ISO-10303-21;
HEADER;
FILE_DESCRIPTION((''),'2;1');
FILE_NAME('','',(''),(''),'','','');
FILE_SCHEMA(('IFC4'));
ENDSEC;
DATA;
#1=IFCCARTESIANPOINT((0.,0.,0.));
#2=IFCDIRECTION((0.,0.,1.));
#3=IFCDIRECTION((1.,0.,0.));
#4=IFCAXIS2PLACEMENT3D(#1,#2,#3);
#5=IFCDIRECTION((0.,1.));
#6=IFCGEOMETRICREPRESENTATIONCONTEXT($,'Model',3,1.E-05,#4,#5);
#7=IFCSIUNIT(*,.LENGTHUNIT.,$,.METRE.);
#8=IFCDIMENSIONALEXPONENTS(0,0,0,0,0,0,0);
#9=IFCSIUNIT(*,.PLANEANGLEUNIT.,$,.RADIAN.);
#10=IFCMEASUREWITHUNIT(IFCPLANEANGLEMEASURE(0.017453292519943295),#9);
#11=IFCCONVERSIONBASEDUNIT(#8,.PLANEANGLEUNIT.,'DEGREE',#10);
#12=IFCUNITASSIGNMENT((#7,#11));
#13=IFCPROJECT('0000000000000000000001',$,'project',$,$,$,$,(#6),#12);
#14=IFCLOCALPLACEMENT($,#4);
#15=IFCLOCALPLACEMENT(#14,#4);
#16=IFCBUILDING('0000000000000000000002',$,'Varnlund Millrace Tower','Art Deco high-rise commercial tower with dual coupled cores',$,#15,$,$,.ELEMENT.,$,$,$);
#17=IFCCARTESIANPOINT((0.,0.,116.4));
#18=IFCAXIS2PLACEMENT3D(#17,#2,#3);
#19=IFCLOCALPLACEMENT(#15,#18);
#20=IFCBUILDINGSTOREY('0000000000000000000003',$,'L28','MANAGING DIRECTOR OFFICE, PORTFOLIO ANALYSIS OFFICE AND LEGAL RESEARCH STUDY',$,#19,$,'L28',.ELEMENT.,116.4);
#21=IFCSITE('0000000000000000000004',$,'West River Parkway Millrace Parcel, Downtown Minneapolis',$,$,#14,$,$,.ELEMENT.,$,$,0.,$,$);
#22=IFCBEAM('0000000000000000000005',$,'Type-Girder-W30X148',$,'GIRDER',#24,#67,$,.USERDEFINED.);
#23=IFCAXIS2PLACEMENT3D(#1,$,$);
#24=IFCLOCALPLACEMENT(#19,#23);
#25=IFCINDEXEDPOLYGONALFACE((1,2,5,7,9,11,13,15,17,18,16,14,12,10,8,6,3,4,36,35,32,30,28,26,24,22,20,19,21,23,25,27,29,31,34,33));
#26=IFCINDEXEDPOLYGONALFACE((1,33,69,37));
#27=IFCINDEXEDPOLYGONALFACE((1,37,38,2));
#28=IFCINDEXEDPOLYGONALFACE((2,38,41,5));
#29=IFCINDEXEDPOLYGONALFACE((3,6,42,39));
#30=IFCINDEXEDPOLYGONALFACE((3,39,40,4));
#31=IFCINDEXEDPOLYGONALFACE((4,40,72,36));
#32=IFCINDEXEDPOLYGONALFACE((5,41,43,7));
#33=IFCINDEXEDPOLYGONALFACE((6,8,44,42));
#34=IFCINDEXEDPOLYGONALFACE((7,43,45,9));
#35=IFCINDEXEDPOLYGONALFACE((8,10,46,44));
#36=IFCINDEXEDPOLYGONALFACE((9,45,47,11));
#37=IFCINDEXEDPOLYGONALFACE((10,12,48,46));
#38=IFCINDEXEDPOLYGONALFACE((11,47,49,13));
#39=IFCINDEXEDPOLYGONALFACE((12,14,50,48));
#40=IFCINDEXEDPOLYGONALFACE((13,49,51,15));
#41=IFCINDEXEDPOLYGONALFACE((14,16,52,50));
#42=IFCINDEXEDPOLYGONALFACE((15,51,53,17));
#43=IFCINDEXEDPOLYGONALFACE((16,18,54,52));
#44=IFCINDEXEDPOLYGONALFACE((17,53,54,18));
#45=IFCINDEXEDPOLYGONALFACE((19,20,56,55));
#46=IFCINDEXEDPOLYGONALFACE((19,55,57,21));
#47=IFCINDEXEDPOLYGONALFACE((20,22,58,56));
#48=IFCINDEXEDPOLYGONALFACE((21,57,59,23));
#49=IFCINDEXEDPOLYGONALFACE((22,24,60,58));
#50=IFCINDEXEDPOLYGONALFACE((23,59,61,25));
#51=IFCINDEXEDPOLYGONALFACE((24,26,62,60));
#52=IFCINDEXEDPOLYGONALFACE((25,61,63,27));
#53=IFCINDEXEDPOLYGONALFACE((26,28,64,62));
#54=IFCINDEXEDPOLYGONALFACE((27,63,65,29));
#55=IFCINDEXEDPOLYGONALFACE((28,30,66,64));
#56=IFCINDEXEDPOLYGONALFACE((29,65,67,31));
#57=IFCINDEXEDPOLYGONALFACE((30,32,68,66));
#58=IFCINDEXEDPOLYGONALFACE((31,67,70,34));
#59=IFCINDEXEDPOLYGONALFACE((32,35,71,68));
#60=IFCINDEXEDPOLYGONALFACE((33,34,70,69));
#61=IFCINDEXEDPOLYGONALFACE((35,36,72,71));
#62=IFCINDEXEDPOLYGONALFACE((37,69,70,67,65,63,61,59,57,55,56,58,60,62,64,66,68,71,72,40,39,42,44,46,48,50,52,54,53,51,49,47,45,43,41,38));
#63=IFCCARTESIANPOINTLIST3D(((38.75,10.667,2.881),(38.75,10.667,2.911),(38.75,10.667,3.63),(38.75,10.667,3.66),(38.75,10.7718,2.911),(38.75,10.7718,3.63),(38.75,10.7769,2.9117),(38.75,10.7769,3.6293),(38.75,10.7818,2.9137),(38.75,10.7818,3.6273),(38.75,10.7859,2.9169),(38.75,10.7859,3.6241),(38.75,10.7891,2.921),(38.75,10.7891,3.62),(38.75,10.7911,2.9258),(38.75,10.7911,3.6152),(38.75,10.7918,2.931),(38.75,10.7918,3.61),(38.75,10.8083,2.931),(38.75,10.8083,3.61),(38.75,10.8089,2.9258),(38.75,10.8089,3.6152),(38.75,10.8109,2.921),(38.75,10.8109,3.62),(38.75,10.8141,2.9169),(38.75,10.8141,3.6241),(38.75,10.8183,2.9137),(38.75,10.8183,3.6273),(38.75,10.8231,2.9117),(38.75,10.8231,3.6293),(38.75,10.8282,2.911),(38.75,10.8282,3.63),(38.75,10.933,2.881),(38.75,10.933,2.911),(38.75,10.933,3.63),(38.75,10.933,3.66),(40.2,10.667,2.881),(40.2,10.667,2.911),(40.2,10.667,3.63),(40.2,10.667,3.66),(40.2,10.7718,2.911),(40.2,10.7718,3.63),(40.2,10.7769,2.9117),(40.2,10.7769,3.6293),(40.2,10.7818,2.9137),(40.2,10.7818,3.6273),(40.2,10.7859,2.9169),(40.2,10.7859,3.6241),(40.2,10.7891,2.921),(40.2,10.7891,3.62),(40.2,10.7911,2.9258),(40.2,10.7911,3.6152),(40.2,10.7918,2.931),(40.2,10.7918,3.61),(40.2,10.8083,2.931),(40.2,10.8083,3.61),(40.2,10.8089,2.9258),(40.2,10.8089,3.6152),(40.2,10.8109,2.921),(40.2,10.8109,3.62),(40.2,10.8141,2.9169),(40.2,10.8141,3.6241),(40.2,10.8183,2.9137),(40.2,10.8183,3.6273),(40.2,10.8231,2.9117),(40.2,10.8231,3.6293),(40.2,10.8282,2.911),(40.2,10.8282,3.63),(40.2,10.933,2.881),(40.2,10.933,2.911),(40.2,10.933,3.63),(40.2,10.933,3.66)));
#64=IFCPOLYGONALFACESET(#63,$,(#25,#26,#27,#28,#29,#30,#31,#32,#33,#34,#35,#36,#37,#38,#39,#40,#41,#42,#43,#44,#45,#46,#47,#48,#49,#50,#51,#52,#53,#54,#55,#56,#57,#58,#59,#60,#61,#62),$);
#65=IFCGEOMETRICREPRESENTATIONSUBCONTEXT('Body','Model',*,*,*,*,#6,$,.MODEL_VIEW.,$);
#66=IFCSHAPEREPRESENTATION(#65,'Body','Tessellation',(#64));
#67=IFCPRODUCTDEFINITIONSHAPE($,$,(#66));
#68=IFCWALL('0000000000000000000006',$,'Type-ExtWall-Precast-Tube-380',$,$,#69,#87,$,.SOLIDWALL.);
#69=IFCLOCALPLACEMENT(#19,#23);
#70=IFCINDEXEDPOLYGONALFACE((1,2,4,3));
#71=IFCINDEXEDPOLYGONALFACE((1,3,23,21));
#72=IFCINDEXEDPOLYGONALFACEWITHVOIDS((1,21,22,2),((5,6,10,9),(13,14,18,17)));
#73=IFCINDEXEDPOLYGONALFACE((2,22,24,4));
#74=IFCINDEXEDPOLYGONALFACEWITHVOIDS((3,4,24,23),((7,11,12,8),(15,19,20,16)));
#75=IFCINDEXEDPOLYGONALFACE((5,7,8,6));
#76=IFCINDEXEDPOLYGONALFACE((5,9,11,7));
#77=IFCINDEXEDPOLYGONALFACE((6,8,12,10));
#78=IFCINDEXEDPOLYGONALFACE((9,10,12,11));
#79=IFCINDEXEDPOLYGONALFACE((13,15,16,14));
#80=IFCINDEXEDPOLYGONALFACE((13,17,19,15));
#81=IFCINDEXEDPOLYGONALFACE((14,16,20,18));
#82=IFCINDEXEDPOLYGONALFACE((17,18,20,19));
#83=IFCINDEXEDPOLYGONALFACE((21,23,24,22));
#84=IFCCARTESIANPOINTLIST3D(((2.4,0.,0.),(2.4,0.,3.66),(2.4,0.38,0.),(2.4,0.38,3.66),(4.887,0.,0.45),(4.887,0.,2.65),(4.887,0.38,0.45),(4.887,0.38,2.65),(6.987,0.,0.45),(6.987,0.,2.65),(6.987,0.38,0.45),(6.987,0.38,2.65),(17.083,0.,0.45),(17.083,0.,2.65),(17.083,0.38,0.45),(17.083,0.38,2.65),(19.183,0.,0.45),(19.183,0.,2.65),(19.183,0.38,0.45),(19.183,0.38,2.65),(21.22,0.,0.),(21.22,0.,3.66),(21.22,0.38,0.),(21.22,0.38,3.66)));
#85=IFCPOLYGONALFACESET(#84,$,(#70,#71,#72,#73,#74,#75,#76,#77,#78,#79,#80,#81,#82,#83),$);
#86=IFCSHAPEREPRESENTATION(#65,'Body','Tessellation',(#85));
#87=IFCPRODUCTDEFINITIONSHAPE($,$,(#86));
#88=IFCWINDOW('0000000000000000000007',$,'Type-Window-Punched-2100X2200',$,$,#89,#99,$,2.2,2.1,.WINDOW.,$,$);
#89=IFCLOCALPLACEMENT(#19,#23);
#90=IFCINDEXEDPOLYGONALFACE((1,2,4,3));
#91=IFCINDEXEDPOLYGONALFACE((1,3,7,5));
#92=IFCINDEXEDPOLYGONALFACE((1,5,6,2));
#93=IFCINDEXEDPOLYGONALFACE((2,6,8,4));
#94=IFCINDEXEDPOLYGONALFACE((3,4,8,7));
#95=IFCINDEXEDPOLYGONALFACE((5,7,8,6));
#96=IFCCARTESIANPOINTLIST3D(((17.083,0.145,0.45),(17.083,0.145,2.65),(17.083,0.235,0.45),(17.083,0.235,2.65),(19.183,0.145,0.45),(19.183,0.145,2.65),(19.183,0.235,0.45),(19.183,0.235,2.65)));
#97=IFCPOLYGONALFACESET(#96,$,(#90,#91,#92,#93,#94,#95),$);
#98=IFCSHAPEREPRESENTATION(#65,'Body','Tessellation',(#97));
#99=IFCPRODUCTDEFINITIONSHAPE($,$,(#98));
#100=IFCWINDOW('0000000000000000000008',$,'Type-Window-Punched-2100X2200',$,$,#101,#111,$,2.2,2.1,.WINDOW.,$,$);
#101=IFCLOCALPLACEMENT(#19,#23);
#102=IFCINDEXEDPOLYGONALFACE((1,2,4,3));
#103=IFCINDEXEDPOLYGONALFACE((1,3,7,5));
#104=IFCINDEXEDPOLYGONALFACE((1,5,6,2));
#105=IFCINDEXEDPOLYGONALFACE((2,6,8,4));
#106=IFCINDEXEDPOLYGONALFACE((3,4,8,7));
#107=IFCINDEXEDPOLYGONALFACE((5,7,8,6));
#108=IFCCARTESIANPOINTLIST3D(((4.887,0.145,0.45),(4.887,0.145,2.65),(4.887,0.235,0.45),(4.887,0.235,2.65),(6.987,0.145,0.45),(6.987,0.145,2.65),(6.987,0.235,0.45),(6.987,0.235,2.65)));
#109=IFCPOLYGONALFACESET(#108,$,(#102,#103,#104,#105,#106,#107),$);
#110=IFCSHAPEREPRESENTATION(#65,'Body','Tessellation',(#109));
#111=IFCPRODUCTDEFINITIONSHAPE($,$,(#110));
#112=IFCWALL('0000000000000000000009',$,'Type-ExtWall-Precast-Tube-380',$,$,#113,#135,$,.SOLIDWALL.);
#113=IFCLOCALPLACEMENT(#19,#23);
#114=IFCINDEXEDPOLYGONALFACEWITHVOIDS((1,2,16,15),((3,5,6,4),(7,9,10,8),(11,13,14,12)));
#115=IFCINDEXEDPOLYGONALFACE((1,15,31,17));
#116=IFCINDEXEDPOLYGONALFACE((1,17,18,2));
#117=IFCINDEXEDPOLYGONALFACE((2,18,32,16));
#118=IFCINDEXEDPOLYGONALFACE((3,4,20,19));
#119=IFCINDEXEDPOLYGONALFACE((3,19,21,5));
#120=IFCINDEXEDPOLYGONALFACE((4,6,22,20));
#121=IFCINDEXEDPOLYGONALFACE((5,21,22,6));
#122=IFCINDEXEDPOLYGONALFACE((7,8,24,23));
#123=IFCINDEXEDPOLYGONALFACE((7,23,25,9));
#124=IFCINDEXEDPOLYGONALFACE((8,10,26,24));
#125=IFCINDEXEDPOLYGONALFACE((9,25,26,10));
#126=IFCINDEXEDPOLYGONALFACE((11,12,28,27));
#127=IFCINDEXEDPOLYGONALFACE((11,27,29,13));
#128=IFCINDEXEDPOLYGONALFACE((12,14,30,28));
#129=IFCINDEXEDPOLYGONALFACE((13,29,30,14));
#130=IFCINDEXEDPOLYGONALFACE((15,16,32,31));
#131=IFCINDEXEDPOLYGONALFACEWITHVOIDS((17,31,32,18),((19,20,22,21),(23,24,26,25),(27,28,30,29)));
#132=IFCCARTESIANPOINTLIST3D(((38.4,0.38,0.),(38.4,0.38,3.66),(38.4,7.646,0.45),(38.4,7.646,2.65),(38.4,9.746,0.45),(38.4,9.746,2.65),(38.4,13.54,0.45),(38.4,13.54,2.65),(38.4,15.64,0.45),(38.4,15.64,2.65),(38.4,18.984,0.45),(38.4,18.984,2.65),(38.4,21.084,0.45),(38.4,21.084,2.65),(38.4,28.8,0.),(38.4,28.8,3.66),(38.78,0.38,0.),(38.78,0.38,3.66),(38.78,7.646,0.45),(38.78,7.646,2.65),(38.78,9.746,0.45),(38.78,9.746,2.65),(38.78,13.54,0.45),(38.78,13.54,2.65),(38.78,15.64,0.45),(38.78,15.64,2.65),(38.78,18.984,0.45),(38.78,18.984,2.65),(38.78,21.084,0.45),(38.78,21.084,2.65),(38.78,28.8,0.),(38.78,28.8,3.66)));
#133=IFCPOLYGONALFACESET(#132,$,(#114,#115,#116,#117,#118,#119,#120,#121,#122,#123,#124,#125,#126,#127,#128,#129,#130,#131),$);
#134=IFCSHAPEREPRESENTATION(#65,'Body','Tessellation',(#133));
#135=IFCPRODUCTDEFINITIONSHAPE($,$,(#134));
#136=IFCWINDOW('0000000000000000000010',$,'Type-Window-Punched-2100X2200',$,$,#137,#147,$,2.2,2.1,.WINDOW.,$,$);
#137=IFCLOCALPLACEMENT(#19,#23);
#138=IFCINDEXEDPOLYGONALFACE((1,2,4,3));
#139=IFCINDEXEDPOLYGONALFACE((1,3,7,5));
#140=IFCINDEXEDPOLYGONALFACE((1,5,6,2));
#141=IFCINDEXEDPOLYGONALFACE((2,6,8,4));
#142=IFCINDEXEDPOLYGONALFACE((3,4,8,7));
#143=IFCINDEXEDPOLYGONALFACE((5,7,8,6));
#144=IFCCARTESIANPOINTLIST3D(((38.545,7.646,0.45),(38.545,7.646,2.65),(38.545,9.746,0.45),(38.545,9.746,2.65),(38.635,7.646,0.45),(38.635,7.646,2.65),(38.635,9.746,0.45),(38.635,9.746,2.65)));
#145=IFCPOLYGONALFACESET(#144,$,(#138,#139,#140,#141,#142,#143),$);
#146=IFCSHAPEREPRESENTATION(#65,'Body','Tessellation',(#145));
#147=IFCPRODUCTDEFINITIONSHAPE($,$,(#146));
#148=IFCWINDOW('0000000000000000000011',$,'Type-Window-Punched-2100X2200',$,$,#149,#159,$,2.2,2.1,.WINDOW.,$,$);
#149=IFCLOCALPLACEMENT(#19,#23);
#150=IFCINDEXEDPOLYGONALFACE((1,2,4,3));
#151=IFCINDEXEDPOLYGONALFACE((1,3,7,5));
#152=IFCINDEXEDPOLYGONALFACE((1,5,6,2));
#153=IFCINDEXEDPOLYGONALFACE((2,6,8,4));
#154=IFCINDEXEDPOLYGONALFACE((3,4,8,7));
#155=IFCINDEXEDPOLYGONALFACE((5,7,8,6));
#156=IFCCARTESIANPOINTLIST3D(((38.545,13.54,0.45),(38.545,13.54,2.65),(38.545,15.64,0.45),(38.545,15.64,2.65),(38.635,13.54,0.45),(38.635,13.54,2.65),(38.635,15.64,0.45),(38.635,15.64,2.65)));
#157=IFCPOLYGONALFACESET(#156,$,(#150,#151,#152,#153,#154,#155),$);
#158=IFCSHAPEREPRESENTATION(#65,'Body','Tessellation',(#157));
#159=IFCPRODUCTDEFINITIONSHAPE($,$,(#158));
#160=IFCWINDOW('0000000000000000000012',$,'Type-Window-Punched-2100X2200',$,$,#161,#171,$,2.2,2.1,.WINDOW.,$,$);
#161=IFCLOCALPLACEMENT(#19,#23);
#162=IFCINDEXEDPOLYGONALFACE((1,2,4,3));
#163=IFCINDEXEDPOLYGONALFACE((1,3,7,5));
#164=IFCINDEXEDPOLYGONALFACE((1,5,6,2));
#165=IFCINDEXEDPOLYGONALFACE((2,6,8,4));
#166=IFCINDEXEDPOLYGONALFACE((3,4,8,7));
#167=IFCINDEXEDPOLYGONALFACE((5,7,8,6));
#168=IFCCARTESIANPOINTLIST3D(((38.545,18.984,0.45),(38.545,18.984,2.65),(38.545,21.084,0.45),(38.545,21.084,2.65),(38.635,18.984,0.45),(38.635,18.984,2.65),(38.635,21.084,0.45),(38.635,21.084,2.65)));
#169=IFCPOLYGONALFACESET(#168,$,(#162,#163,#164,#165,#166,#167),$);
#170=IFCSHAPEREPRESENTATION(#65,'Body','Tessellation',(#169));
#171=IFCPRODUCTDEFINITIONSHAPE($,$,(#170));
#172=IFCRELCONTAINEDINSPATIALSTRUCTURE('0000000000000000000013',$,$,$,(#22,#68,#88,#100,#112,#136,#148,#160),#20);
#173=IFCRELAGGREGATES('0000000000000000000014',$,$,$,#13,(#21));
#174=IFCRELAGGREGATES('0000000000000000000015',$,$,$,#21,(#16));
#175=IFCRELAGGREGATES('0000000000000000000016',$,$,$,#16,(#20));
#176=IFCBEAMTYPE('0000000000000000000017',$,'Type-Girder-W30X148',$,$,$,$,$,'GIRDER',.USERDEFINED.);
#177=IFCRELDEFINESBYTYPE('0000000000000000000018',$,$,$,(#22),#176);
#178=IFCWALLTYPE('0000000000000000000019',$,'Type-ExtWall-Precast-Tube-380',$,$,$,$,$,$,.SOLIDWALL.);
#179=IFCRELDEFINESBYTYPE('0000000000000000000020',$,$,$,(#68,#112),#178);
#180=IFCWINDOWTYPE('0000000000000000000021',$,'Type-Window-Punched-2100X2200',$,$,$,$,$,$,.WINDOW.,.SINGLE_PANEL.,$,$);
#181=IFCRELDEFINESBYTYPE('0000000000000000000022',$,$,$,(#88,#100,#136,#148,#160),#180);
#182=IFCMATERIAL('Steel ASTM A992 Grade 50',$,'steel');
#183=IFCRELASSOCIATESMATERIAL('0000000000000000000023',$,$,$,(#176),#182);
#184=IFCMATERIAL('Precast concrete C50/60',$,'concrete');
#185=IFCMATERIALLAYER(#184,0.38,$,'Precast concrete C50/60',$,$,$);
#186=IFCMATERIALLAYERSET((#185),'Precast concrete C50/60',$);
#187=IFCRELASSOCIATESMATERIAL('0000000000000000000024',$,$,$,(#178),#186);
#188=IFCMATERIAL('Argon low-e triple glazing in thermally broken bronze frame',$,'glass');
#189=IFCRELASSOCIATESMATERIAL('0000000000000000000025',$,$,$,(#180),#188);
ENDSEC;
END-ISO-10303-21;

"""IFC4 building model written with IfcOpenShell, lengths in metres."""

from ifc_helpers import new_model, entity, si_unit, converted_unit, direction, frame, origin_with_axes, origin_2d_with_axis, place, context, subcontext, project, spatial, polyline, rectangle, i_section, outline, extrude, material, layer, layer_set, material_profile, profile_set, type_object, element, fill, save


model = new_model("IFC4")

# Units and contexts
model_context = context("Model", 3, precision=1e-05, world=origin_with_axes(), true_north=direction((0.0, 1.0)))
body_context = subcontext(model_context, "Body", "Model", "MODEL_VIEW")
ifc_project = project(units=[si_unit("LENGTHUNIT", "METRE"), converted_unit("PLANEANGLEUNIT", "DEGREE", entity("IfcPlaneAngleMeasure", 0.017453292519943295), si_unit("PLANEANGLEUNIT", "RADIAN"), dimensions=[0, 0, 0, 0, 0, 0, 0])], contexts=[model_context])

# Site, building, storey
site_placement = place(None, origin_with_axes())
site = spatial("IfcSite", under=ifc_project, at=site_placement, Name="West River Parkway Millrace Parcel, Downtown Minneapolis", CompositionType="ELEMENT", RefElevation=0.0)
building_placement = place(site_placement, origin_with_axes())
building = spatial("IfcBuilding", under=site, at=building_placement, Name="Varnlund Millrace Tower", Description="Art Deco high-rise commercial tower with dual coupled cores", CompositionType="ELEMENT")
storey_placement = place(building_placement, frame((0.0, 0.0, 116.4), z_axis=(0.0, 0.0, 1.0), x_axis=(1.0, 0.0, 0.0)))
storey = spatial("IfcBuildingStorey", under=building, at=storey_placement, Name="L28", Description="MANAGING DIRECTOR OFFICE, PORTFOLIO ANALYSIS OFFICE AND LEGAL RESEARCH STUDY", LongName="L28", CompositionType="ELEMENT", Elevation=116.4)

# Beam
ifc_material_1 = material(Name="Steel ASTM A992 Grade 50", Category="steel")
ifc_material_profile_1 = material_profile(ifc_material_1, i_section(OverallWidth=0.266, OverallDepth=0.779, WebThickness=0.0165, FlangeThickness=0.03, FilletRadius=0.02, at=origin_2d_with_axis()), Name="Steel ASTM A992 Grade 50")
ifc_profile_set_1 = profile_set([ifc_material_profile_1], Name="Steel ASTM A992 Grade 50")
beam_type_1 = type_object("IfcBeamType", Name="Type-Girder-W30X148", ElementType="GIRDER", PredefinedType="USERDEFINED", material=ifc_profile_set_1)
beam_1_placement = place(storey_placement, frame((38.75, 10.8, 3.2705), z_axis=(1.0, 0.0, 0.0), x_axis=(0.0, 1.0, 0.0)))
element("IfcBeam", 1, at=beam_1_placement, inside=storey, type_object=beam_type_1, Name="Type-Girder-W30X148", ObjectType="GIRDER", PredefinedType="USERDEFINED", context=body_context, shape_type="SweptSolid", body=[
    extrude(i_section(OverallWidth=0.266, OverallDepth=0.779, WebThickness=0.0165, FlangeThickness=0.03, FilletRadius=0.02, at=origin_2d_with_axis()), origin_with_axes(), (0.0, 0.0, 1.0), 1.45),
])

# Walls, openings, windows
ifc_material_2 = material(Name="Precast concrete C50/60", Category="concrete")
ifc_layer_1 = layer(ifc_material_2, 0.38, Name="Precast concrete C50/60")
ifc_layer_set_1 = layer_set([ifc_layer_1], Name="Precast concrete C50/60")
wall_type_1 = type_object("IfcWallType", Name="Type-ExtWall-Precast-Tube-380", PredefinedType="SOLIDWALL", material=ifc_layer_set_1)
wall_1_placement = place(storey_placement, frame((21.22, 0.19, 0.0), z_axis=(0.0, 0.0, 1.0), x_axis=(-1.0, 0.0, 0.0)))
wall_1 = element("IfcWall", 2, at=wall_1_placement, inside=storey, type_object=wall_type_1, Name="Type-ExtWall-Precast-Tube-380", PredefinedType="SOLIDWALL", context=body_context, shape_type="SweptSolid", body=[
    extrude(outline(polyline([(0.0, -0.19), (18.82, -0.19), (18.82, 0.19), (0.0, 0.19), (0.0, -0.19)])), origin_with_axes(), (0.0, 0.0, 1.0), 3.66),
])
opening_1_placement = place(wall_1_placement, frame((3.087, 0.0, 0.45), z_axis=(0.0, 0.0, 1.0), x_axis=(1.0, 0.0, 0.0)))
opening_1 = element("IfcOpeningElement", 3, at=opening_1_placement, cuts=wall_1, PredefinedType="OPENING", context=body_context, shape_type="SweptSolid", body=[
    extrude(rectangle(XDim=2.1, YDim=0.4, at=origin_2d_with_axis()), origin_with_axes(), (0.0, 0.0, 1.0), 2.2),
])
opening_2_placement = place(wall_1_placement, frame((15.283, 0.0, 0.45), z_axis=(0.0, 0.0, 1.0), x_axis=(1.0, 0.0, 0.0)))
opening_2 = element("IfcOpeningElement", 4, at=opening_2_placement, cuts=wall_1, PredefinedType="OPENING", context=body_context, shape_type="SweptSolid", body=[
    extrude(rectangle(XDim=2.1, YDim=0.4, at=origin_2d_with_axis()), origin_with_axes(), (0.0, 0.0, 1.0), 2.2),
])
ifc_material_3 = material(Name="Argon low-e triple glazing in thermally broken bronze frame", Category="glass")
window_type = type_object("IfcWindowType", Name="Type-Window-Punched-2100X2200", PartitioningType="SINGLE_PANEL", PredefinedType="WINDOW", material=ifc_material_3)
window_1_placement = place(wall_1_placement, frame((3.087, 0.0, 0.45), z_axis=(0.0, 0.0, 1.0), x_axis=(1.0, 0.0, 0.0)))
window_1 = element("IfcWindow", 5, at=window_1_placement, inside=storey, type_object=window_type, Name="Type-Window-Punched-2100X2200", OverallHeight=2.2, OverallWidth=2.1, PredefinedType="WINDOW", context=body_context, shape_type="SweptSolid", body=[
    extrude(rectangle(XDim=2.1, YDim=0.09, at=origin_2d_with_axis()), origin_with_axes(), (0.0, 0.0, 1.0), 2.2),
])
fill(opening_1, window_1)
window_2_placement = place(wall_1_placement, frame((15.283, 0.0, 0.45), z_axis=(0.0, 0.0, 1.0), x_axis=(1.0, 0.0, 0.0)))
window_2 = element("IfcWindow", 6, at=window_2_placement, inside=storey, type_object=window_type, Name="Type-Window-Punched-2100X2200", OverallHeight=2.2, OverallWidth=2.1, PredefinedType="WINDOW", context=body_context, shape_type="SweptSolid", body=[
    extrude(rectangle(XDim=2.1, YDim=0.09, at=origin_2d_with_axis()), origin_with_axes(), (0.0, 0.0, 1.0), 2.2),
])
fill(opening_2, window_2)
wall_2_placement = place(storey_placement, frame((38.59, 0.38, 0.0), z_axis=(0.0, 0.0, 1.0), x_axis=(0.0, 1.0, 0.0)))
wall_2 = element("IfcWall", 7, at=wall_2_placement, inside=storey, type_object=wall_type_1, Name="Type-ExtWall-Precast-Tube-380", PredefinedType="SOLIDWALL", context=body_context, shape_type="SweptSolid", body=[
    extrude(outline(polyline([(0.0, -0.19), (28.42, -0.19), (28.42, 0.19), (0.0, 0.19), (0.0, -0.19)])), origin_with_axes(), (0.0, 0.0, 1.0), 3.66),
])
opening_3_placement = place(wall_2_placement, frame((8.316, 0.0, 0.45), z_axis=(0.0, 0.0, 1.0), x_axis=(1.0, 0.0, 0.0)))
opening_3 = element("IfcOpeningElement", 8, at=opening_3_placement, cuts=wall_2, PredefinedType="OPENING", context=body_context, shape_type="SweptSolid", body=[
    extrude(rectangle(XDim=2.1, YDim=0.4, at=origin_2d_with_axis()), origin_with_axes(), (0.0, 0.0, 1.0), 2.2),
])
opening_4_placement = place(wall_2_placement, frame((14.21, 0.0, 0.45), z_axis=(0.0, 0.0, 1.0), x_axis=(1.0, 0.0, 0.0)))
opening_4 = element("IfcOpeningElement", 9, at=opening_4_placement, cuts=wall_2, PredefinedType="OPENING", context=body_context, shape_type="SweptSolid", body=[
    extrude(rectangle(XDim=2.1, YDim=0.4, at=origin_2d_with_axis()), origin_with_axes(), (0.0, 0.0, 1.0), 2.2),
])
opening_5_placement = place(wall_2_placement, frame((19.654, 0.0, 0.45), z_axis=(0.0, 0.0, 1.0), x_axis=(1.0, 0.0, 0.0)))
opening_5 = element("IfcOpeningElement", 10, at=opening_5_placement, cuts=wall_2, PredefinedType="OPENING", context=body_context, shape_type="SweptSolid", body=[
    extrude(rectangle(XDim=2.1, YDim=0.4, at=origin_2d_with_axis()), origin_with_axes(), (0.0, 0.0, 1.0), 2.2),
])
window_3_placement = place(wall_2_placement, frame((8.316, 0.0, 0.45), z_axis=(0.0, 0.0, 1.0), x_axis=(1.0, 0.0, 0.0)))
window_3 = element("IfcWindow", 11, at=window_3_placement, inside=storey, type_object=window_type, Name="Type-Window-Punched-2100X2200", OverallHeight=2.2, OverallWidth=2.1, PredefinedType="WINDOW", context=body_context, shape_type="SweptSolid", body=[
    extrude(rectangle(XDim=2.1, YDim=0.09, at=origin_2d_with_axis()), origin_with_axes(), (0.0, 0.0, 1.0), 2.2),
])
fill(opening_3, window_3)
window_4_placement = place(wall_2_placement, frame((14.21, 0.0, 0.45), z_axis=(0.0, 0.0, 1.0), x_axis=(1.0, 0.0, 0.0)))
window_4 = element("IfcWindow", 12, at=window_4_placement, inside=storey, type_object=window_type, Name="Type-Window-Punched-2100X2200", OverallHeight=2.2, OverallWidth=2.1, PredefinedType="WINDOW", context=body_context, shape_type="SweptSolid", body=[
    extrude(rectangle(XDim=2.1, YDim=0.09, at=origin_2d_with_axis()), origin_with_axes(), (0.0, 0.0, 1.0), 2.2),
])
fill(opening_4, window_4)
window_5_placement = place(wall_2_placement, frame((19.654, 0.0, 0.45), z_axis=(0.0, 0.0, 1.0), x_axis=(1.0, 0.0, 0.0)))
window_5 = element("IfcWindow", 13, at=window_5_placement, inside=storey, type_object=window_type, Name="Type-Window-Punched-2100X2200", OverallHeight=2.2, OverallWidth=2.1, PredefinedType="WINDOW", context=body_context, shape_type="SweptSolid", body=[
    extrude(rectangle(XDim=2.1, YDim=0.09, at=origin_2d_with_axis()), origin_with_axes(), (0.0, 0.0, 1.0), 2.2),
])
fill(opening_5, window_5)

save(model, "model.ifc")
